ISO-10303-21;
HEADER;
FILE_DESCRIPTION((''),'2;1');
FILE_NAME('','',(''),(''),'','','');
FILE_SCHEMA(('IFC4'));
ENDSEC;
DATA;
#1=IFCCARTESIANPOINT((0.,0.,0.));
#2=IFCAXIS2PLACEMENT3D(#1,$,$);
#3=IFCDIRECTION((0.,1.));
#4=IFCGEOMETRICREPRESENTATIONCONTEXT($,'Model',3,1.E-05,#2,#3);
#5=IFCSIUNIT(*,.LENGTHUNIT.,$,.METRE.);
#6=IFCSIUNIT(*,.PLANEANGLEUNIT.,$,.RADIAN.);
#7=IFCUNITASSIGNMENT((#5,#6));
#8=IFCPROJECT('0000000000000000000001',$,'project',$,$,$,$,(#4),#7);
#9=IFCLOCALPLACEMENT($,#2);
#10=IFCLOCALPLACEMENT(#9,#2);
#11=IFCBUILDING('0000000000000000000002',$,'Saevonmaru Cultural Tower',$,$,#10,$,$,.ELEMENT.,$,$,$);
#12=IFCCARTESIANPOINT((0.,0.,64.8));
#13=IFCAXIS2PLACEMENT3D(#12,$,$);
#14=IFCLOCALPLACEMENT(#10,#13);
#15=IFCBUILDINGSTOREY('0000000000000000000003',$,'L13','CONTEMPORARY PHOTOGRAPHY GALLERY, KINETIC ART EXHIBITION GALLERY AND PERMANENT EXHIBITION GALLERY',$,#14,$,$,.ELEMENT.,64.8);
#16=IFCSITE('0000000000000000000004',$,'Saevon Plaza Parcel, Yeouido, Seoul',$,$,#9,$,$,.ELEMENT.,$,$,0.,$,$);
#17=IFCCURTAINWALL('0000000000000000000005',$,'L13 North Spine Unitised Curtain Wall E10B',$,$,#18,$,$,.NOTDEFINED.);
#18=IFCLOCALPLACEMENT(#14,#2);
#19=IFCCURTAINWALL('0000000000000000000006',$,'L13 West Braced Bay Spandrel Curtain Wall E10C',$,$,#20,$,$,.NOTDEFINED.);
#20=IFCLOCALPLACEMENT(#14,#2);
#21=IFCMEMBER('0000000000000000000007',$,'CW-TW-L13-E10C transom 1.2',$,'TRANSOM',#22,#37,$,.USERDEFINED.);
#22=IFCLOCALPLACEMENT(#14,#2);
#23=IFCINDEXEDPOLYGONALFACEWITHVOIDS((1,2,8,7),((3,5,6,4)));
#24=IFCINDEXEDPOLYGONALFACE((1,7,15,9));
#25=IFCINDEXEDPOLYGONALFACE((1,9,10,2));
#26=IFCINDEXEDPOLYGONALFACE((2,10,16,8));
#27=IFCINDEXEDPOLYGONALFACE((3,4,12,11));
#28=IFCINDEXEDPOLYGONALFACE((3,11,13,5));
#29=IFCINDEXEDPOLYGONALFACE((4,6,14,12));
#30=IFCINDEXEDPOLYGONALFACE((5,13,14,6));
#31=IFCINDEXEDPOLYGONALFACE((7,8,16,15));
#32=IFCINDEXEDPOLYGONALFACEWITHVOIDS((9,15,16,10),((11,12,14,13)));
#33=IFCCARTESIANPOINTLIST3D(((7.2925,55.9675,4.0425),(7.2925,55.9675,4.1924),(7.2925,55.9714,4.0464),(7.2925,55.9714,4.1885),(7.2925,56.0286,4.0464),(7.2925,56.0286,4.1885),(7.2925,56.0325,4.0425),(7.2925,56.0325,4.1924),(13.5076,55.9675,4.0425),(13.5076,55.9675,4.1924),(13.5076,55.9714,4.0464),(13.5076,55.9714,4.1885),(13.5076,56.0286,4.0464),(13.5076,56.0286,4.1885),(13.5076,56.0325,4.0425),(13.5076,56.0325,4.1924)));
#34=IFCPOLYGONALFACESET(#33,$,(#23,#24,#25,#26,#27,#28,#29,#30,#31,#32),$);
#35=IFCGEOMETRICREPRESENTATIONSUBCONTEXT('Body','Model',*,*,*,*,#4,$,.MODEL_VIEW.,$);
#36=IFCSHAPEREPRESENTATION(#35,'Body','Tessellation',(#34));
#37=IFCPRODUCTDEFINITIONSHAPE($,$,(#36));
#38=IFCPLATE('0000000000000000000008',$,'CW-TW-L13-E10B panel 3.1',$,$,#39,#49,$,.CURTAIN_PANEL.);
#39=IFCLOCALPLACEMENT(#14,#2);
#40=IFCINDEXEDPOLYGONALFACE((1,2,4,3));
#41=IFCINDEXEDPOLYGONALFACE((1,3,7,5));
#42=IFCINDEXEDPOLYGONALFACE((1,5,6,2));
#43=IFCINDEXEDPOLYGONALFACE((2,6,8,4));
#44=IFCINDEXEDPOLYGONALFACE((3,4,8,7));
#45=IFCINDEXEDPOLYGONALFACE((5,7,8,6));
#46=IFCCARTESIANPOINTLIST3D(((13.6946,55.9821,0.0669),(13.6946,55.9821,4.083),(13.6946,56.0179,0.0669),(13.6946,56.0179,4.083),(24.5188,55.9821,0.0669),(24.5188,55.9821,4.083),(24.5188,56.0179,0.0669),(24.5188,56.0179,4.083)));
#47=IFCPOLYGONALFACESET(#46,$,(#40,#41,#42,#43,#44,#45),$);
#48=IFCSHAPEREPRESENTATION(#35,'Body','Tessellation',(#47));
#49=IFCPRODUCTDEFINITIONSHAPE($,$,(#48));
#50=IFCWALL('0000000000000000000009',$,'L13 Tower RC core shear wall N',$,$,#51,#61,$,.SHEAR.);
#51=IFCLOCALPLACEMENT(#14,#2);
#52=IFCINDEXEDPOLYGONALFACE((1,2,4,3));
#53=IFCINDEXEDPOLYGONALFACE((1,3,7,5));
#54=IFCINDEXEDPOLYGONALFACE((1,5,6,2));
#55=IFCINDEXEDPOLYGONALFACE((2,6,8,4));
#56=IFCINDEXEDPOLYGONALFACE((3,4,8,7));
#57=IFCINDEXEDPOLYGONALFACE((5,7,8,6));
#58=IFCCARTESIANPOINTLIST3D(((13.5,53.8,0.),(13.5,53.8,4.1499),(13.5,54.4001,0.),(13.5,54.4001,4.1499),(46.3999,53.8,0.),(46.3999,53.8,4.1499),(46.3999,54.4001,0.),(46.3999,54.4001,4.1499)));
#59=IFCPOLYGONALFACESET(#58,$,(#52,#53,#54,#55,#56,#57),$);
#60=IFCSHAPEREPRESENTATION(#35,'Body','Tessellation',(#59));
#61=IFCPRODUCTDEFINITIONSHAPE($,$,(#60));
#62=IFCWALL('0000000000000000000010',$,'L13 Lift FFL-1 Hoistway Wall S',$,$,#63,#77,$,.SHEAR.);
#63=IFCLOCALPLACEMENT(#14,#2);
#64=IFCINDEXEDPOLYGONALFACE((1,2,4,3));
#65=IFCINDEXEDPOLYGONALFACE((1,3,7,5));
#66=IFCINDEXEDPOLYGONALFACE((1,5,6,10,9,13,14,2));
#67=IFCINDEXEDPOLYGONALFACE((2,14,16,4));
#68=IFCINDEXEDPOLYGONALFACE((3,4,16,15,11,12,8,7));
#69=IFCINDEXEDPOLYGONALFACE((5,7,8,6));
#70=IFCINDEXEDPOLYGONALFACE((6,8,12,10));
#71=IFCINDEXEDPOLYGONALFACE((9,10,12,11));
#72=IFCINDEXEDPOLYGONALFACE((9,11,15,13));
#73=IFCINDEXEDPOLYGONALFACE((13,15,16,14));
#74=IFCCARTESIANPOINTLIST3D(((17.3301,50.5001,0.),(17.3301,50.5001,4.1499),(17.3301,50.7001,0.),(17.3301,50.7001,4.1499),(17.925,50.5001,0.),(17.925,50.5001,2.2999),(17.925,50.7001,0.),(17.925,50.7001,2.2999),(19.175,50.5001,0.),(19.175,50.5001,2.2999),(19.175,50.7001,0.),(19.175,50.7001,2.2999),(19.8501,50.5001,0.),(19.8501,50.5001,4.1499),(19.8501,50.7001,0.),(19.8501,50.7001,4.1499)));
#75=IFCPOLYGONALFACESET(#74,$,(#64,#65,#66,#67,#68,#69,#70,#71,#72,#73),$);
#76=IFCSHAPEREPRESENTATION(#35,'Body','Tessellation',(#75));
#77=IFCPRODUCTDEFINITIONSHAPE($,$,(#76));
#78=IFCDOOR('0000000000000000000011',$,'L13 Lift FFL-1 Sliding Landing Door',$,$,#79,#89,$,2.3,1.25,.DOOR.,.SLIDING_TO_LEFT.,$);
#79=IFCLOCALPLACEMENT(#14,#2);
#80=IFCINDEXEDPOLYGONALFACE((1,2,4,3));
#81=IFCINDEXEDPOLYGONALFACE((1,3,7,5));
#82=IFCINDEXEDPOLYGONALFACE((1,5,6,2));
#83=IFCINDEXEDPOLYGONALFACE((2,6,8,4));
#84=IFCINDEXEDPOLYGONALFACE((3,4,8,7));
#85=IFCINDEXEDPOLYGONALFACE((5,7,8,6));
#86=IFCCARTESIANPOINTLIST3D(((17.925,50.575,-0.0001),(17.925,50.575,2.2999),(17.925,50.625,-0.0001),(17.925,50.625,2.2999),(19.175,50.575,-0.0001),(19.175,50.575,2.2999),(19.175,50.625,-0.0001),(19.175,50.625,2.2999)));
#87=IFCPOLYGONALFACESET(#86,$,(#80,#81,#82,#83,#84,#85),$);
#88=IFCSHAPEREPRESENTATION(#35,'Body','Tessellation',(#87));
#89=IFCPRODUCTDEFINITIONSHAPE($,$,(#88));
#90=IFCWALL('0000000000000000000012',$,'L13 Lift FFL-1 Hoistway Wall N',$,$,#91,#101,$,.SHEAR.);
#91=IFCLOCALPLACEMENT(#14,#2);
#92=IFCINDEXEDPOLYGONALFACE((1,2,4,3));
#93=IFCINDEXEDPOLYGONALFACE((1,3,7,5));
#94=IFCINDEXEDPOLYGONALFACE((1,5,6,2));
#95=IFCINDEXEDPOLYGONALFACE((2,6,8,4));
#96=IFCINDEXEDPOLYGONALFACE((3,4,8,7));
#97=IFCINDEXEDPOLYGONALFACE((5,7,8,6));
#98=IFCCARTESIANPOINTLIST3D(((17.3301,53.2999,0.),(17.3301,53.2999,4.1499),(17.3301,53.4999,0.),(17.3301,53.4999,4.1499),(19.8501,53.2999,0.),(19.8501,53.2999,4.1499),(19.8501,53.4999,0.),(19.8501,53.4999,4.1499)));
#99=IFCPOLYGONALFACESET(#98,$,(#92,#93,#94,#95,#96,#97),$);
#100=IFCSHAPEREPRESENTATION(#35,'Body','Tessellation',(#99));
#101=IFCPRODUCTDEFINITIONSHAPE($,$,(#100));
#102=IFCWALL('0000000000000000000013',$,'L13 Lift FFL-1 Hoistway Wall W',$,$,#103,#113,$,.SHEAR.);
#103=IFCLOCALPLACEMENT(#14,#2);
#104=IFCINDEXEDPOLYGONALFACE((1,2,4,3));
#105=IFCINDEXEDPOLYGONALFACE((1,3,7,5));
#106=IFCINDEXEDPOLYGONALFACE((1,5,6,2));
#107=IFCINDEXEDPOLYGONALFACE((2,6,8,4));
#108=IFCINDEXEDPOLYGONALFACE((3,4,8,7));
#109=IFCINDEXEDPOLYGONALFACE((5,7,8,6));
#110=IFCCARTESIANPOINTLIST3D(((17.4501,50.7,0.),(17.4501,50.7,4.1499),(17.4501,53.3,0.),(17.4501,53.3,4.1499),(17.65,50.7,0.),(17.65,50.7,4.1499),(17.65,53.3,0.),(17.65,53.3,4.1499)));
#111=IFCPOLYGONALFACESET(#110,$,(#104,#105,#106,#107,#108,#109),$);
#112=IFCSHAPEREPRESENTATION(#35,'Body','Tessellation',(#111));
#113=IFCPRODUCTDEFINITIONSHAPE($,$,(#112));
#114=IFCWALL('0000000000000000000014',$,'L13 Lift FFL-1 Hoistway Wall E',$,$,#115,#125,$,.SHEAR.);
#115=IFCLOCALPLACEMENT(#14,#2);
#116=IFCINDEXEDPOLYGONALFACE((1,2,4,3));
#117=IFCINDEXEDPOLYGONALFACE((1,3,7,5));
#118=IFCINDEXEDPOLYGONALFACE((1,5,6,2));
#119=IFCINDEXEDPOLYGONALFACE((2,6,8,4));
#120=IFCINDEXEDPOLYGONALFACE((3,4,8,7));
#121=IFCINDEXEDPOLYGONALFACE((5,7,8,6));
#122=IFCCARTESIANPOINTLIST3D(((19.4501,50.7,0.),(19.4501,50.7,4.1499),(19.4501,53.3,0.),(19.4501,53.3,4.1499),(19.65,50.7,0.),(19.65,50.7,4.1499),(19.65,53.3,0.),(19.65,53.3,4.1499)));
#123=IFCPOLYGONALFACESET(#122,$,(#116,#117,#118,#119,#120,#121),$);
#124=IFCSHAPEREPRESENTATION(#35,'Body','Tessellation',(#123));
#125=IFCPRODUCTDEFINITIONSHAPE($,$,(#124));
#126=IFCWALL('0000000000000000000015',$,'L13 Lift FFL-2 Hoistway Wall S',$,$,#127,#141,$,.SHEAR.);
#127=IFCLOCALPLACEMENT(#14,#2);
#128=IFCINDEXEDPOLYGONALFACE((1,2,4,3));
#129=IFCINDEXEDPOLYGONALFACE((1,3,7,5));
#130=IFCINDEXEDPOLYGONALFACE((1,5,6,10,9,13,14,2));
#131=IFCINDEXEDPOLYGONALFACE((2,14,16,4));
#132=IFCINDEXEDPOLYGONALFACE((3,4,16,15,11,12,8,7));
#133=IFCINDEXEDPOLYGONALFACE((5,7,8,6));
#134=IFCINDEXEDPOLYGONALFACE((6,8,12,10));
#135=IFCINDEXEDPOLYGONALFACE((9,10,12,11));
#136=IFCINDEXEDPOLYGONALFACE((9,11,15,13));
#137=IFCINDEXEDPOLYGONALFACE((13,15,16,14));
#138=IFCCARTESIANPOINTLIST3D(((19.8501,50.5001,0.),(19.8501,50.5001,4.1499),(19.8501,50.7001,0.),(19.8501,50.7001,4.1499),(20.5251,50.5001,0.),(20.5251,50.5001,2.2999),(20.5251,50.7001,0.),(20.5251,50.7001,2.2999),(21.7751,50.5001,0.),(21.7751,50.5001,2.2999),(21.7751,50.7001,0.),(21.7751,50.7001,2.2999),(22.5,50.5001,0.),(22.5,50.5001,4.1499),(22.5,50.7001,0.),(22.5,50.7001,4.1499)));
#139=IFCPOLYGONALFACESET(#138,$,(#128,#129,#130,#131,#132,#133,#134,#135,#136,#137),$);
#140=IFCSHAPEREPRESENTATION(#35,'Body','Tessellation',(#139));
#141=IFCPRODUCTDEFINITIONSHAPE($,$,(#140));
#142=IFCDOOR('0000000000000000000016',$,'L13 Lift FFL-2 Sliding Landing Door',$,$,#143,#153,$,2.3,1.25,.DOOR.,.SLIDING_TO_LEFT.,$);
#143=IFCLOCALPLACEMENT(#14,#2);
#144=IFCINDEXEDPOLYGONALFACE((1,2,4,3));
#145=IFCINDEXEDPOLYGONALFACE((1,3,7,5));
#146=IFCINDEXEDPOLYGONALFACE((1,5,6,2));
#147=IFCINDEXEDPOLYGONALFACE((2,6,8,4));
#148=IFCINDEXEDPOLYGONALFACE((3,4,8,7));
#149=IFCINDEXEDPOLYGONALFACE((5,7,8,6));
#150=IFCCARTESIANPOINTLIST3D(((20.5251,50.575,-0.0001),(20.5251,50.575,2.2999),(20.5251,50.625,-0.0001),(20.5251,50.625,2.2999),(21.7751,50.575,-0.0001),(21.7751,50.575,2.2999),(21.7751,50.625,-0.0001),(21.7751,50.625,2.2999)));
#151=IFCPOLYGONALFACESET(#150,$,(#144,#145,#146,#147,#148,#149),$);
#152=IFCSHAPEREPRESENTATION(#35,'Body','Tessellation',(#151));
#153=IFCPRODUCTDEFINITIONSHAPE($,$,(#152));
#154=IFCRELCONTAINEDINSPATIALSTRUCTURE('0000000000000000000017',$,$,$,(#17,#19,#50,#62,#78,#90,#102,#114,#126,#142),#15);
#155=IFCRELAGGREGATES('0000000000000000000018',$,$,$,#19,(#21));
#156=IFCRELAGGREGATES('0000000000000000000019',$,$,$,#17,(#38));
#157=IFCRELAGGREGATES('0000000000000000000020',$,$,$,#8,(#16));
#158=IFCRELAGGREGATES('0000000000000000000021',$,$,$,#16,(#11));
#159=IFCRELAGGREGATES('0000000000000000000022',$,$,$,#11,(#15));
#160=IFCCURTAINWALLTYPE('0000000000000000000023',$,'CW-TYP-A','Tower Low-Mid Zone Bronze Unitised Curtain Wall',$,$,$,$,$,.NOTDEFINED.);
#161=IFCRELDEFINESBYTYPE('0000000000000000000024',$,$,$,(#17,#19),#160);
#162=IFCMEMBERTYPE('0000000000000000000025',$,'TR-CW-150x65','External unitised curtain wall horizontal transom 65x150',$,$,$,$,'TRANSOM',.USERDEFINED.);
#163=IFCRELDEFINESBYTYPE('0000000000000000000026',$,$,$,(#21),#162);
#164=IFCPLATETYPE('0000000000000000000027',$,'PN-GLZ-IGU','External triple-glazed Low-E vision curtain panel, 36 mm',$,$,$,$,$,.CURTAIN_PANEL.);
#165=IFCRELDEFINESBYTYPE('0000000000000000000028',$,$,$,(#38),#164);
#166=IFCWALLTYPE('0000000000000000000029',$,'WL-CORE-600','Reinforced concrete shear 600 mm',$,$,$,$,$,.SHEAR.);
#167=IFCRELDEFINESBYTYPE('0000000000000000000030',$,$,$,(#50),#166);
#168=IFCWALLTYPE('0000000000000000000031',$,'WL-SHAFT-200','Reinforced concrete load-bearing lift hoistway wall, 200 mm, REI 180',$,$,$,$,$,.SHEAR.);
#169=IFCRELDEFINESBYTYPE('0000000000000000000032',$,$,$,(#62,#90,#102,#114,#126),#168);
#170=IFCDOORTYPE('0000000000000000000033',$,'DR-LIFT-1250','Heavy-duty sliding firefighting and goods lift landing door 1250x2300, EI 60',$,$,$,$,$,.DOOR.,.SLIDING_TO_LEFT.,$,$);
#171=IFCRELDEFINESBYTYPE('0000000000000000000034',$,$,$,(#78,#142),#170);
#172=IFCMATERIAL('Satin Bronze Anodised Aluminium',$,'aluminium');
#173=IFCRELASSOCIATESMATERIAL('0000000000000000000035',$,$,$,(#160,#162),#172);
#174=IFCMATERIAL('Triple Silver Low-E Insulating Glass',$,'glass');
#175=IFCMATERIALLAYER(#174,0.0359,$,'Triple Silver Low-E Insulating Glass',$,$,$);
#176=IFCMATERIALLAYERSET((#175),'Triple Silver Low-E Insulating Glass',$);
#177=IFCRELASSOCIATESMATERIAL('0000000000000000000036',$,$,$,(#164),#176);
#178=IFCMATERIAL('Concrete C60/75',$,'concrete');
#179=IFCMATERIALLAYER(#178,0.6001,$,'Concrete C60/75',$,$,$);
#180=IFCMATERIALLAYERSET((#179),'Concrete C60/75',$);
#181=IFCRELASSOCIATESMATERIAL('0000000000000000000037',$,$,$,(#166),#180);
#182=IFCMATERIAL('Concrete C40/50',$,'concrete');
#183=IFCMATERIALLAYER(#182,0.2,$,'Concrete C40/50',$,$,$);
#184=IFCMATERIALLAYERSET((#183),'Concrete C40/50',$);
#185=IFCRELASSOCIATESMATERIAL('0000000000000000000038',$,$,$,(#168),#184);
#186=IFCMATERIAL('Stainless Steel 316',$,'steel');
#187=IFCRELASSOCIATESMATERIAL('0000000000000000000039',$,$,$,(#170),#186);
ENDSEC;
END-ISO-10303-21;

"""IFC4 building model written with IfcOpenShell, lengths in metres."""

from ifc_helpers import new_model, si_unit, direction, frame, frame_2d, origin, origin_2d, place, context, subcontext, project, spatial, rectangle, hollow_rectangle, extrude, material, layer, layer_set, material_profile, profile_set, type_object, element, fill, aggregate, save


model = new_model("IFC4")

# Units and contexts
model_context = context("Model", 3, precision=1e-05, world=origin(), true_north=direction((0.0, 1.0)))
body_context = subcontext(model_context, "Body", "Model", "MODEL_VIEW")
ifc_project = project(units=[si_unit("LENGTHUNIT", "METRE"), si_unit("PLANEANGLEUNIT", "RADIAN")], contexts=[model_context])

# Site, building, storey
site_placement = place(None, origin())
site = spatial("IfcSite", under=ifc_project, at=site_placement, Name="Saevon Plaza Parcel, Yeouido, Seoul", CompositionType="ELEMENT", RefElevation=0.0)
building_placement = place(site_placement, origin())
building = spatial("IfcBuilding", under=site, at=building_placement, Name="Saevonmaru Cultural Tower", CompositionType="ELEMENT")
storey_placement = place(building_placement, frame((0.0, 0.0, 64.8)))
storey = spatial("IfcBuildingStorey", under=building, at=storey_placement, Name="L13", Description="CONTEMPORARY PHOTOGRAPHY GALLERY, KINETIC ART EXHIBITION GALLERY AND PERMANENT EXHIBITION GALLERY", CompositionType="ELEMENT", Elevation=64.8)

# Curtain wall
ifc_material_1 = material(Name="Satin Bronze Anodised Aluminium", Category="aluminium")
curtain_wall_type = type_object("IfcCurtainWallType", Name="CW-TYP-A", Description="Tower Low-Mid Zone Bronze Unitised Curtain Wall", PredefinedType="NOTDEFINED", material=ifc_material_1)
curtain_wall_1_placement = place(storey_placement, origin())
curtain_wall_1 = element("IfcCurtainWall", 1, at=curtain_wall_1_placement, inside=storey, type_object=curtain_wall_type, Name="L13 North Spine Unitised Curtain Wall E10B", PredefinedType="NOTDEFINED")

# Curtain wall, member
curtain_wall_2_placement = place(storey_placement, origin())
curtain_wall_2 = element("IfcCurtainWall", 2, at=curtain_wall_2_placement, inside=storey, type_object=curtain_wall_type, Name="L13 West Braced Bay Spandrel Curtain Wall E10C", PredefinedType="NOTDEFINED")
ifc_material_profile_1 = material_profile(ifc_material_1, hollow_rectangle(XDim=0.0649, YDim=0.1499, WallThickness=0.0039, at=origin_2d()), Name="ALU-TRAN-150x65x4")
ifc_profile_set_1 = profile_set([ifc_material_profile_1], Name="Satin Bronze Anodised Aluminium")
member_type_1 = type_object("IfcMemberType", Name="TR-CW-150x65", Description="External unitised curtain wall horizontal transom 65x150", ElementType="TRANSOM", PredefinedType="USERDEFINED", material=ifc_profile_set_1)
member_1_placement = place(storey_placement, frame((13.5076, 56.0, 4.1174), z_axis=(-1.0, 0.0, 0.0), x_axis=(0.0, -1.0, 0.0)))
member_1 = element("IfcMember", 3, at=member_1_placement, type_object=member_type_1, Name="CW-TW-L13-E10C transom 1.2", ObjectType="TRANSOM", PredefinedType="USERDEFINED", context=body_context, shape_type="SweptSolid", body=[
    extrude(hollow_rectangle(XDim=0.0649, YDim=0.1499, WallThickness=0.0039, at=origin_2d()), origin(), (0.0, 0.0, 1.0), 6.2151),
])
aggregate(curtain_wall_2, [member_1])

# Plate
ifc_material_2 = material(Name="Triple Silver Low-E Insulating Glass", Category="glass")
ifc_layer_1 = layer(ifc_material_2, 0.0359, Name="Triple Silver Low-E Insulating Glass")
ifc_layer_set_1 = layer_set([ifc_layer_1], Name="Triple Silver Low-E Insulating Glass")
plate_type = type_object("IfcPlateType", Name="PN-GLZ-IGU", Description="External triple-glazed Low-E vision curtain panel, 36 mm", PredefinedType="CURTAIN_PANEL", material=ifc_layer_set_1)
plate_placement = place(storey_placement, frame((19.1067, 56.0, 0.0669), z_axis=(0.0, 0.0, 1.0), x_axis=(-1.0, 0.0, 0.0)))
plate = element("IfcPlate", 4, at=plate_placement, type_object=plate_type, Name="CW-TW-L13-E10B panel 3.1", PredefinedType="CURTAIN_PANEL", context=body_context, shape_type="SweptSolid", body=[
    extrude(rectangle(XDim=10.8242, YDim=0.0359, at=origin_2d()), origin(), (0.0, 0.0, 1.0), 4.0161),
])
aggregate(curtain_wall_1, [plate])

# Wall
ifc_material_3 = material(Name="Concrete C60/75", Category="concrete")
ifc_layer_2 = layer(ifc_material_3, 0.6001, Name="Concrete C60/75")
ifc_layer_set_2 = layer_set([ifc_layer_2], Name="Concrete C60/75")
wall_type_1 = type_object("IfcWallType", Name="WL-CORE-600", Description="Reinforced concrete shear 600 mm", PredefinedType="SHEAR", material=ifc_layer_set_2)
wall_1_placement = place(storey_placement, frame((13.5, 54.1001, 0.0), z_axis=(0.0, 0.0, 1.0), x_axis=(1.0, 0.0, 0.0)))
element("IfcWall", 5, at=wall_1_placement, inside=storey, type_object=wall_type_1, Name="L13 Tower RC core shear wall N", PredefinedType="SHEAR", context=body_context, shape_type="SweptSolid", body=[
    extrude(rectangle(XDim=32.8999, YDim=0.6001, at=frame_2d((16.45, 0.0))), origin(), (0.0, 0.0, 1.0), 4.1499),
])

# Wall, opening, door
ifc_material_4 = material(Name="Concrete C40/50", Category="concrete")
ifc_layer_3 = layer(ifc_material_4, 0.2, Name="Concrete C40/50")
ifc_layer_set_3 = layer_set([ifc_layer_3], Name="Concrete C40/50")
wall_type_2 = type_object("IfcWallType", Name="WL-SHAFT-200", Description="Reinforced concrete load-bearing lift hoistway wall, 200 mm, REI 180", PredefinedType="SHEAR", material=ifc_layer_set_3)
wall_2_placement = place(storey_placement, frame((17.3301, 50.6001, 0.0), z_axis=(0.0, 0.0, 1.0), x_axis=(1.0, 0.0, 0.0)))
wall_2 = element("IfcWall", 6, at=wall_2_placement, inside=storey, type_object=wall_type_2, Name="L13 Lift FFL-1 Hoistway Wall S", PredefinedType="SHEAR", context=body_context, shape_type="SweptSolid", body=[
    extrude(rectangle(XDim=2.52, YDim=0.2, at=frame_2d((1.26, 0.0))), origin(), (0.0, 0.0, 1.0), 4.1499),
])
opening_1_placement = place(wall_2_placement, frame((0.595, 0.0, 0.0)))
opening_1 = element("IfcOpeningElement", 7, at=opening_1_placement, cuts=wall_2, PredefinedType="OPENING", context=body_context, shape_type="SweptSolid", body=[
    extrude(rectangle(XDim=1.25, YDim=2.3, at=frame_2d((0.625, 1.1499))), frame((0.0, 0.1099, 0.0), z_axis=(0.0, -1.0, 0.0), x_axis=(1.0, 0.0, 0.0)), (0.0, 0.0, 1.0), 0.22),
])
ifc_material_5 = material(Name="Stainless Steel 316", Category="steel")
door_type = type_object("IfcDoorType", Name="DR-LIFT-1250", Description="Heavy-duty sliding firefighting and goods lift landing door 1250x2300, EI 60", OperationType="SLIDING_TO_LEFT", PredefinedType="DOOR", material=ifc_material_5)
door_1_placement = place(opening_1_placement, origin())
door_1 = element("IfcDoor", 8, at=door_1_placement, inside=storey, type_object=door_type, Name="L13 Lift FFL-1 Sliding Landing Door", OperationType="SLIDING_TO_LEFT", OverallHeight=2.3, OverallWidth=1.25, PredefinedType="DOOR", context=body_context, shape_type="SweptSolid", body=[
    extrude(rectangle(XDim=1.25, YDim=2.3, at=frame_2d((0.625, 1.1499))), frame((0.0, 0.0249, 0.0), z_axis=(0.0, -1.0, 0.0), x_axis=(1.0, 0.0, 0.0)), (0.0, 0.0, 1.0), 0.05),
])
fill(opening_1, door_1)

# Walls
wall_3_placement = place(storey_placement, frame((17.3301, 53.3999, 0.0), z_axis=(0.0, 0.0, 1.0), x_axis=(1.0, 0.0, 0.0)))
element("IfcWall", 9, at=wall_3_placement, inside=storey, type_object=wall_type_2, Name="L13 Lift FFL-1 Hoistway Wall N", PredefinedType="SHEAR", context=body_context, shape_type="SweptSolid", body=[
    extrude(rectangle(XDim=2.52, YDim=0.2, at=frame_2d((1.26, 0.0))), origin(), (0.0, 0.0, 1.0), 4.1499),
])
for number, where, z_axis, x_axis, name in (
    (10, (17.55, 50.7, 0.0), (0.0, 0.0, 1.0), (0.0, 1.0, 0.0), "L13 Lift FFL-1 Hoistway Wall W"),
    (11, (19.55, 50.7, 0.0), (0.0, 0.0, 1.0), (0.0, 1.0, 0.0), "L13 Lift FFL-1 Hoistway Wall E"),
):
    element("IfcWall", number, at=place(storey_placement, frame(where, z_axis=z_axis, x_axis=x_axis)), inside=storey, type_object=wall_type_2, Name=name, PredefinedType="SHEAR", context=body_context, shape_type="SweptSolid", body=[
        extrude(rectangle(XDim=2.6001, YDim=0.2, at=frame_2d((1.3, 0.0))), origin(), (0.0, 0.0, 1.0), 4.1499),
    ])

# Wall, opening, door
wall_4_placement = place(storey_placement, frame((19.8501, 50.6001, 0.0), z_axis=(0.0, 0.0, 1.0), x_axis=(1.0, 0.0, 0.0)))
wall_4 = element("IfcWall", 12, at=wall_4_placement, inside=storey, type_object=wall_type_2, Name="L13 Lift FFL-2 Hoistway Wall S", PredefinedType="SHEAR", context=body_context, shape_type="SweptSolid", body=[
    extrude(rectangle(XDim=2.6499, YDim=0.2, at=frame_2d((1.325, 0.0))), origin(), (0.0, 0.0, 1.0), 4.1499),
])
opening_2_placement = place(wall_4_placement, frame((0.675, 0.0, 0.0)))
opening_2 = element("IfcOpeningElement", 13, at=opening_2_placement, cuts=wall_4, PredefinedType="OPENING", context=body_context, shape_type="SweptSolid", body=[
    extrude(rectangle(XDim=1.25, YDim=2.3, at=frame_2d((0.625, 1.1499))), frame((0.0, 0.1099, 0.0), z_axis=(0.0, -1.0, 0.0), x_axis=(1.0, 0.0, 0.0)), (0.0, 0.0, 1.0), 0.22),
])
door_2_placement = place(opening_2_placement, origin())
door_2 = element("IfcDoor", 14, at=door_2_placement, inside=storey, type_object=door_type, Name="L13 Lift FFL-2 Sliding Landing Door", OperationType="SLIDING_TO_LEFT", OverallHeight=2.3, OverallWidth=1.25, PredefinedType="DOOR", context=body_context, shape_type="SweptSolid", body=[
    extrude(rectangle(XDim=1.25, YDim=2.3, at=frame_2d((0.625, 1.1499))), frame((0.0, 0.0249, 0.0), z_axis=(0.0, -1.0, 0.0), x_axis=(1.0, 0.0, 0.0)), (0.0, 0.0, 1.0), 0.05),
])
fill(opening_2, door_2)

save(model, "model.ifc")
